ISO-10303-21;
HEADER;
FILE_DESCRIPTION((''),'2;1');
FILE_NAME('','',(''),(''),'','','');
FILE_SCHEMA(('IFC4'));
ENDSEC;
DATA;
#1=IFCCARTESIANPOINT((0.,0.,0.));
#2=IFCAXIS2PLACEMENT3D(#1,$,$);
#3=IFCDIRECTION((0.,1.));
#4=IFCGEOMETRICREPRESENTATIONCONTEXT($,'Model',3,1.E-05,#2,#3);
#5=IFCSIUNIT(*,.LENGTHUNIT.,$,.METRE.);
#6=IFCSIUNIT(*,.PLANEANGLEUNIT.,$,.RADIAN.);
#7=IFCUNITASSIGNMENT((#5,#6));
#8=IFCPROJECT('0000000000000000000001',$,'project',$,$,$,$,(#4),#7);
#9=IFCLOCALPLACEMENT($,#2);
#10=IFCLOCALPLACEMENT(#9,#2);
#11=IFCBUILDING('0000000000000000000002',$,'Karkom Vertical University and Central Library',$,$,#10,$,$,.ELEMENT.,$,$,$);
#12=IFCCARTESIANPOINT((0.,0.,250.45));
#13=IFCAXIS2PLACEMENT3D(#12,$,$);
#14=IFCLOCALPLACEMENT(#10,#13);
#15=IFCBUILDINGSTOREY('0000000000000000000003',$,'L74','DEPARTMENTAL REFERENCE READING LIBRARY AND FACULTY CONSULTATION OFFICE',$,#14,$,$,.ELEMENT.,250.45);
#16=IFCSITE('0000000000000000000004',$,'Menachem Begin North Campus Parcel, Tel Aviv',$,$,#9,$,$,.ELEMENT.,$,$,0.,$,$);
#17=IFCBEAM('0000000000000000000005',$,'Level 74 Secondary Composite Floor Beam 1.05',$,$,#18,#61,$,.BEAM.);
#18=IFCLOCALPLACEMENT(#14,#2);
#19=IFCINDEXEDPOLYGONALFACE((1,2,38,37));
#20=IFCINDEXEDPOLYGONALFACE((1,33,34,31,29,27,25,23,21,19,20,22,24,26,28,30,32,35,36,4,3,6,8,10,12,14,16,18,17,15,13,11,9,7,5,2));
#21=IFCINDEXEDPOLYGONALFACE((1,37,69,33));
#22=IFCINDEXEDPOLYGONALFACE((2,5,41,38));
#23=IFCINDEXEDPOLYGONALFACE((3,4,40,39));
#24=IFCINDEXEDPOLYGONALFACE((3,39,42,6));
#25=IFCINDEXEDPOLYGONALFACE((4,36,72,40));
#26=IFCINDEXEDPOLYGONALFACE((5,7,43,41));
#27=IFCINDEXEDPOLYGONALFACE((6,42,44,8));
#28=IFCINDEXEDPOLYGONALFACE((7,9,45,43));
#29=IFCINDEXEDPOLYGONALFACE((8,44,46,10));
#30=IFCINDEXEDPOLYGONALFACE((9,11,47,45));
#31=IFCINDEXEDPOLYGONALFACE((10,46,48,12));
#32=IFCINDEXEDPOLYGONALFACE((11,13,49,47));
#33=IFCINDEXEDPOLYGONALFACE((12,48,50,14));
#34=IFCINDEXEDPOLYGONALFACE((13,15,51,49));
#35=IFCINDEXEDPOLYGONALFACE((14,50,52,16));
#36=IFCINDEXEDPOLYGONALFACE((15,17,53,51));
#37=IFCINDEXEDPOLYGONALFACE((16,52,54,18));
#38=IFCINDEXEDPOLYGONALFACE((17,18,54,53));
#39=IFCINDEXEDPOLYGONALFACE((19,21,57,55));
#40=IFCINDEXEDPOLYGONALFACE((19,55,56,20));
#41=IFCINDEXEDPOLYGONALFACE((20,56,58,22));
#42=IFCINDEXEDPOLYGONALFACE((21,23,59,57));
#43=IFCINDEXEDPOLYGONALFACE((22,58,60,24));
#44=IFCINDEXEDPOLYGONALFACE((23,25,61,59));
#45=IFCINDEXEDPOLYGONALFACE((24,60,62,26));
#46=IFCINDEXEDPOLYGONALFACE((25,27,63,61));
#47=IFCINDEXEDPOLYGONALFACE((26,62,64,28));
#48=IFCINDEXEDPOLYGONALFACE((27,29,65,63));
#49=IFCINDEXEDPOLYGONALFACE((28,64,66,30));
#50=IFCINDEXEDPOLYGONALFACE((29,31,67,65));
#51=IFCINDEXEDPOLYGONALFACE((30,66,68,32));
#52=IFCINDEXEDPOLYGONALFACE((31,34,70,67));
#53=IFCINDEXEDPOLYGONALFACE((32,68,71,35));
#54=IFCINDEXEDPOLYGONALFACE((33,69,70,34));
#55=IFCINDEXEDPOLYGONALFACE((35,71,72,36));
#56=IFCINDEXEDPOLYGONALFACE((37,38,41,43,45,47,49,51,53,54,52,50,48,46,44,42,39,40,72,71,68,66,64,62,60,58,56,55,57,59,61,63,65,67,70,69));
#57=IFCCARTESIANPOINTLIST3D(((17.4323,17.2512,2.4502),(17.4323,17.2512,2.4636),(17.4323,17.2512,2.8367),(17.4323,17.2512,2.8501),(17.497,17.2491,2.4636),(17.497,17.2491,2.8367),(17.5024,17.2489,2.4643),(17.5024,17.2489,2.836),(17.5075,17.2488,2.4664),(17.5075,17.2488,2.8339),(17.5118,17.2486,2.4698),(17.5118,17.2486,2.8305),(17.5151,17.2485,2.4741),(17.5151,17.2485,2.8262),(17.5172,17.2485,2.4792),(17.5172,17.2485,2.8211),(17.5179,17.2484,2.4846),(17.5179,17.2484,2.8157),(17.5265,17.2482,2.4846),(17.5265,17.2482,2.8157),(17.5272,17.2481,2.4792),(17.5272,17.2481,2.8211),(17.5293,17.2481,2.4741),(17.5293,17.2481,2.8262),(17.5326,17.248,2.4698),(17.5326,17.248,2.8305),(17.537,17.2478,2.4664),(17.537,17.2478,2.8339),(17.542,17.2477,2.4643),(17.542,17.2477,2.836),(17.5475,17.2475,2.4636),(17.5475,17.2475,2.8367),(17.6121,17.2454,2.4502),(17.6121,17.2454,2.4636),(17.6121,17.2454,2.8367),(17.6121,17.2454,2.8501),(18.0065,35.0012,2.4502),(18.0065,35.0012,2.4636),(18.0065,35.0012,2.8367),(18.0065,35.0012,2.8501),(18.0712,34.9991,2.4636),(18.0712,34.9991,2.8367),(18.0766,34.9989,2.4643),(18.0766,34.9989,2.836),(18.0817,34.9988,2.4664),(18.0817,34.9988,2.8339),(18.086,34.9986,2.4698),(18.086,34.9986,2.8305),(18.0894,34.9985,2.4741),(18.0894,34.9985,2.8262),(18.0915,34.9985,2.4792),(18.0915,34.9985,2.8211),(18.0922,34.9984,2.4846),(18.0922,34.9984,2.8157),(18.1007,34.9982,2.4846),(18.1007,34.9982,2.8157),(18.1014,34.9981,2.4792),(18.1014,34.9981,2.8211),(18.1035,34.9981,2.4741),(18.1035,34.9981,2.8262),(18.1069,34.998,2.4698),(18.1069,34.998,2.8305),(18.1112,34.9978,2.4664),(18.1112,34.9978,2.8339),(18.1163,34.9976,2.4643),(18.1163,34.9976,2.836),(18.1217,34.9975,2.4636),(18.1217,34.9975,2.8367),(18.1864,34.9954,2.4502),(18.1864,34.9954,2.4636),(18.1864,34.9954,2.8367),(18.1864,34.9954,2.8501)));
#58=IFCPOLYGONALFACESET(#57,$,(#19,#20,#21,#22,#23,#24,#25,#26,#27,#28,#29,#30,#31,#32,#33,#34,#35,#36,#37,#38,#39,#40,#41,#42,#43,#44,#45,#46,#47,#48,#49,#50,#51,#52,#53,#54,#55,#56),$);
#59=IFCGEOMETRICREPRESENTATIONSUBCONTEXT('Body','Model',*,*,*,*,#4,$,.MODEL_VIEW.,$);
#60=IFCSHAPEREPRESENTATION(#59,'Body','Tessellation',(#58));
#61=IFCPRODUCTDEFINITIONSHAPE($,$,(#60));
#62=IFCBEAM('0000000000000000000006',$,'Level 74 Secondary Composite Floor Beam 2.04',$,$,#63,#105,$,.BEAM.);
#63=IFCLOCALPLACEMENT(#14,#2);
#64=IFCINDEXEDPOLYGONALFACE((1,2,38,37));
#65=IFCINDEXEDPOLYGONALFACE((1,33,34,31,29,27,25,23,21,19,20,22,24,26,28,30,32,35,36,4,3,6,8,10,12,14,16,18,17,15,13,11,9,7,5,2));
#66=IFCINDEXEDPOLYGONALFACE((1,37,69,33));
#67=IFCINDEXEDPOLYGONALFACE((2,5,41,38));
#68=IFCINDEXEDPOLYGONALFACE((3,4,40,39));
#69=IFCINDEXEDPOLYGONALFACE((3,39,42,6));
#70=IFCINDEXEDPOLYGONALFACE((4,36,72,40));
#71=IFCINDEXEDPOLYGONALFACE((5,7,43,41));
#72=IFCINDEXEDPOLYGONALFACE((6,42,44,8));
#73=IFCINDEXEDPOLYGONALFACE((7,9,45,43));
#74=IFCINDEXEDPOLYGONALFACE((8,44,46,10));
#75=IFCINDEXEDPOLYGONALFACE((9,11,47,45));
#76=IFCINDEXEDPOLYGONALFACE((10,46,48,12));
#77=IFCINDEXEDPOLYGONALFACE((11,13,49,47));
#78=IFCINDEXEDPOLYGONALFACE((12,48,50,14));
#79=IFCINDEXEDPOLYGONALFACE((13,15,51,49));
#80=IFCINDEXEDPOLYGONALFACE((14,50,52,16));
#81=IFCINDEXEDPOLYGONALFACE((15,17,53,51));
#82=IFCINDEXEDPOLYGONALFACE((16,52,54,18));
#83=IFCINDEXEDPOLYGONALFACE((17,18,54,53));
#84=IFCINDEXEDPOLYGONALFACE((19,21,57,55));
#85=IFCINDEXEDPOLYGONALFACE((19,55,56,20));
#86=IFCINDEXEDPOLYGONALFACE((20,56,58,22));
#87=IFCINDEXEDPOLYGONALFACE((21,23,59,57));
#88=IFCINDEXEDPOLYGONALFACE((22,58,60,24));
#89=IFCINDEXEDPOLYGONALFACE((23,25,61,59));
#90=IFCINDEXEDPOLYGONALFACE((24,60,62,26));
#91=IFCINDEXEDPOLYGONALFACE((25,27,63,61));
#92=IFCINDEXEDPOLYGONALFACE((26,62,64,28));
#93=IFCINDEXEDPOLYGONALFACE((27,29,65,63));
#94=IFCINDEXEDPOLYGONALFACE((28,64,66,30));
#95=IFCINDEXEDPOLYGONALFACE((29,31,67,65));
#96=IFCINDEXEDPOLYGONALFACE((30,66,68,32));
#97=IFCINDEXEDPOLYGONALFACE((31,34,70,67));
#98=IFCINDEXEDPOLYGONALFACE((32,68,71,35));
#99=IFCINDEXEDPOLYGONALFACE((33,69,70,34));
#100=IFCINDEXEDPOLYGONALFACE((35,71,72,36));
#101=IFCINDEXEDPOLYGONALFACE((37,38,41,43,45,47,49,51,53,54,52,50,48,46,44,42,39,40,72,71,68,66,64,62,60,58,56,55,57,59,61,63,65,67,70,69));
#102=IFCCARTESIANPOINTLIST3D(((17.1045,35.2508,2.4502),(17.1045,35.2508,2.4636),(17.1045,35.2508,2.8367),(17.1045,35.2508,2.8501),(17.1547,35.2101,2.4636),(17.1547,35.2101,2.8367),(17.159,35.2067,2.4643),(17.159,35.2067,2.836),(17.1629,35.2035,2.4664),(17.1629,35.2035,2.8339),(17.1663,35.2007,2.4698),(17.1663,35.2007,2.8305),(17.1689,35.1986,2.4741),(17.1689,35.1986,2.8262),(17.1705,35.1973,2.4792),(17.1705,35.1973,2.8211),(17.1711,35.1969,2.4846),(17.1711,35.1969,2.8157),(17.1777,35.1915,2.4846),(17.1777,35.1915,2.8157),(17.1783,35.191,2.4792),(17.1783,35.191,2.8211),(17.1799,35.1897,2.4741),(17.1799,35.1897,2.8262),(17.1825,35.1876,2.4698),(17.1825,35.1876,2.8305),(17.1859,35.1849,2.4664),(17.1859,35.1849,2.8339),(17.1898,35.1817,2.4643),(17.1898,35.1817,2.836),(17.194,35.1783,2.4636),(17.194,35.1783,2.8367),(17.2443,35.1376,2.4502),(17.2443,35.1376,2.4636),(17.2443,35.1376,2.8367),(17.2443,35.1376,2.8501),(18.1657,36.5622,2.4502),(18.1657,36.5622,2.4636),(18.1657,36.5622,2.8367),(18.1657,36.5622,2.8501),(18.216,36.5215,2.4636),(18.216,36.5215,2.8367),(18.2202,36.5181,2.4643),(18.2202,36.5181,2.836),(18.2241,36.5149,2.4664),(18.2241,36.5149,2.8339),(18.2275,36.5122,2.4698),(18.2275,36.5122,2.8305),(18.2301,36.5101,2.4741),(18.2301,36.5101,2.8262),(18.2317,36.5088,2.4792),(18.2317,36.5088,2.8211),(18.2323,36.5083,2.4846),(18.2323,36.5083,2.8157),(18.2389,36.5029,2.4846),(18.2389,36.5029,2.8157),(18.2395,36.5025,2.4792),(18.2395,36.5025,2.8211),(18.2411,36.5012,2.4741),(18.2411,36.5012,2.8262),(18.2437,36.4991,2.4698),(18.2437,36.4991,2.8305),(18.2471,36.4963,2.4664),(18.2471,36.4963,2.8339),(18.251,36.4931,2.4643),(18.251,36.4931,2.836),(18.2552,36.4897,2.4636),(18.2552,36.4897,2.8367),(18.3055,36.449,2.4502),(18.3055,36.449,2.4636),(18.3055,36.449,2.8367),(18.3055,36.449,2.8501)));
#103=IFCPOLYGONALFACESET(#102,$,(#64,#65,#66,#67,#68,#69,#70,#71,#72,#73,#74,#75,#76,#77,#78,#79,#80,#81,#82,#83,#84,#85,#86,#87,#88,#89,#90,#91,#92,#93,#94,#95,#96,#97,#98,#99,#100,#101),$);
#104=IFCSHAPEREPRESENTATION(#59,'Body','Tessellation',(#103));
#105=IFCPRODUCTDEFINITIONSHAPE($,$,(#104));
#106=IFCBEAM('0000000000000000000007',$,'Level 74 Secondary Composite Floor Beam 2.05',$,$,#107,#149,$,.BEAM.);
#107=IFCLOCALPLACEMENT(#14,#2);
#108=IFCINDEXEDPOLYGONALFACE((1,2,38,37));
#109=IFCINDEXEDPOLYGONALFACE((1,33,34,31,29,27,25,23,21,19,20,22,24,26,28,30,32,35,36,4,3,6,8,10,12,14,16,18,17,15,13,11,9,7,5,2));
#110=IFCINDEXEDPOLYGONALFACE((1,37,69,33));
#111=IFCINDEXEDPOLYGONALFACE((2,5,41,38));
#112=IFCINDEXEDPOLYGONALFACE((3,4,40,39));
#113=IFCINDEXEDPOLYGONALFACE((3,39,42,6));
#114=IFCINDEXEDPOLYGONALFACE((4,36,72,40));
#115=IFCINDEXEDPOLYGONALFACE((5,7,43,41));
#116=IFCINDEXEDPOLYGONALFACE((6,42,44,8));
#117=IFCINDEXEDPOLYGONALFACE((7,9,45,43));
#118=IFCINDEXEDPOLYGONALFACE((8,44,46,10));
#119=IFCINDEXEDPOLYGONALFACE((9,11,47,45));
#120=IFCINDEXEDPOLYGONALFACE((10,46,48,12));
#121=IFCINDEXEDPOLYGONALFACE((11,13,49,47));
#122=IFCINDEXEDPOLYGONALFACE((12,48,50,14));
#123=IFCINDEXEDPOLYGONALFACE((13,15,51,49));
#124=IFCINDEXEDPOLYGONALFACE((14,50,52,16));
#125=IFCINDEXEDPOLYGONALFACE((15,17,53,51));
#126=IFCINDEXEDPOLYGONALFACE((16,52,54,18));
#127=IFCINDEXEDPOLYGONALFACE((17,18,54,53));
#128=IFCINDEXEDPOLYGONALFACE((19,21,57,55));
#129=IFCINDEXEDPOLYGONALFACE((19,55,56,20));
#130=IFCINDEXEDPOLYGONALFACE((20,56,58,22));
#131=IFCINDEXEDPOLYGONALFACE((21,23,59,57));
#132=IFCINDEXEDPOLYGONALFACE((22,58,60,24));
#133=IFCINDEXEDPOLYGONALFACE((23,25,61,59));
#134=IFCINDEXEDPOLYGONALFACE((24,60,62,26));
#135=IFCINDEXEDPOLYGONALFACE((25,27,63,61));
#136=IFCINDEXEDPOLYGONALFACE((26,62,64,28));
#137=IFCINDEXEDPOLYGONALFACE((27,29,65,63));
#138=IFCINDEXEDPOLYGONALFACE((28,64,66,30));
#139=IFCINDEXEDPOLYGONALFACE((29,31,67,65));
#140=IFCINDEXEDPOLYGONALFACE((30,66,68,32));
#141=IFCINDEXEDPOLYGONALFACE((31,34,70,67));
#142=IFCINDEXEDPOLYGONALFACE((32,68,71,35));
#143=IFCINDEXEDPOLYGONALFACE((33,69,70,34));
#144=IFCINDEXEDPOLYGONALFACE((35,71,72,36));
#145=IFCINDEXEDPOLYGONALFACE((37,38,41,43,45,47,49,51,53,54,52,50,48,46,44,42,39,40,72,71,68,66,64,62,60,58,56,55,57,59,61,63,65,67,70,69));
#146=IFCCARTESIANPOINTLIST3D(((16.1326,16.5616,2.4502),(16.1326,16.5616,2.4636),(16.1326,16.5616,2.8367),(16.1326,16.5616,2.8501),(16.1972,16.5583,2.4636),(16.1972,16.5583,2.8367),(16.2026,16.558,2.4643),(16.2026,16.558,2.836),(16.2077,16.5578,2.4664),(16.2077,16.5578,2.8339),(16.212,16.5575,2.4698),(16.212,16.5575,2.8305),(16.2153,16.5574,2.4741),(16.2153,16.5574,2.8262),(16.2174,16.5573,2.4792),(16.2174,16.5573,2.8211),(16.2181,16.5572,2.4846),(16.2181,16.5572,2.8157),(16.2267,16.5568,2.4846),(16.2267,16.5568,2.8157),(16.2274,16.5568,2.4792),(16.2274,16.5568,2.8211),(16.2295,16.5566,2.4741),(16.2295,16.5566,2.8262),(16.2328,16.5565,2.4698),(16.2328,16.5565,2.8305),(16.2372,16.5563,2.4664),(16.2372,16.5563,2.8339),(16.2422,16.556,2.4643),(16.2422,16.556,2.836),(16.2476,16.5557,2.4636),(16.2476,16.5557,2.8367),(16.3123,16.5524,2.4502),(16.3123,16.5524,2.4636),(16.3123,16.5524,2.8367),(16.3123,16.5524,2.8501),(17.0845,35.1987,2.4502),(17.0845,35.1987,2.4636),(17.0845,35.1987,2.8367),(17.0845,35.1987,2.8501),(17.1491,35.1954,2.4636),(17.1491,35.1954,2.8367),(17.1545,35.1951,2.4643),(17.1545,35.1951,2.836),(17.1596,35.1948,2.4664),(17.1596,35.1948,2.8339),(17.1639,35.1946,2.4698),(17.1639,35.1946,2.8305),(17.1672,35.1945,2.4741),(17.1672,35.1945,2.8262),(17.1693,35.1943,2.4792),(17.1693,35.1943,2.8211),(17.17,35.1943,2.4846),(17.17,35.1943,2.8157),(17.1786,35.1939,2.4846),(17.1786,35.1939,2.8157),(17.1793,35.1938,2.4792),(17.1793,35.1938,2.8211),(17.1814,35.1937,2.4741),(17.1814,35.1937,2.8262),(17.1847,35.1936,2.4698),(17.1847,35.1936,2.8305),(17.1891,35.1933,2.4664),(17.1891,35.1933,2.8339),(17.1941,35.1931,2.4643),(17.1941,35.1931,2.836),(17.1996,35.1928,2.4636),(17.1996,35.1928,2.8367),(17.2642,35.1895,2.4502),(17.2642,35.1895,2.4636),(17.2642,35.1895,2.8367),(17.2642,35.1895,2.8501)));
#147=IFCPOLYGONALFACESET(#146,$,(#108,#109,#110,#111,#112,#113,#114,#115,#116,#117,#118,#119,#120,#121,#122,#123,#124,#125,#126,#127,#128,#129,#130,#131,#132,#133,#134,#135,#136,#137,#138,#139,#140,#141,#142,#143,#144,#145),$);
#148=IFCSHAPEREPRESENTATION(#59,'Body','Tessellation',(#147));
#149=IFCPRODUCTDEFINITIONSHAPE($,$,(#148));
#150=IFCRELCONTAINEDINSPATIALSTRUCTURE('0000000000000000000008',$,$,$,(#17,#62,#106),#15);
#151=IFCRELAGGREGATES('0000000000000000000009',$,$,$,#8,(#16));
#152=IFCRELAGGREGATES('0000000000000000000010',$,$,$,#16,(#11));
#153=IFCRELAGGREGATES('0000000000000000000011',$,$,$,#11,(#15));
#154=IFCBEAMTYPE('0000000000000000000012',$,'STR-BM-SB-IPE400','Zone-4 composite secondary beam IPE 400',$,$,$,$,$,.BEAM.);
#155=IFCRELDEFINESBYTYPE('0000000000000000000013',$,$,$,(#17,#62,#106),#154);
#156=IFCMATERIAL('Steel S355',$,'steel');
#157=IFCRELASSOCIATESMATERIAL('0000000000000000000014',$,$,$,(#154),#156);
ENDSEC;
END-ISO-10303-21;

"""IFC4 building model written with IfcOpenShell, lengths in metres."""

from ifc_helpers import new_model, si_unit, direction, frame, origin, origin_with_axes, origin_2d, place, context, subcontext, project, spatial, i_section, extrude, source, transform, mapped, material, material_profile, profile_set, type_object, element, save


model = new_model("IFC4")

# Units and contexts
model_context = context("Model", 3, precision=1e-05, world=origin(), true_north=direction((0.0, 1.0)))
body_context = subcontext(model_context, "Body", "Model", "MODEL_VIEW")
ifc_project = project(units=[si_unit("LENGTHUNIT", "METRE"), si_unit("PLANEANGLEUNIT", "RADIAN")], contexts=[model_context])

# Site, building, storey
site_placement = place(None, origin())
site = spatial("IfcSite", under=ifc_project, at=site_placement, Name="Menachem Begin North Campus Parcel, Tel Aviv", CompositionType="ELEMENT", RefElevation=0.0)
building_placement = place(site_placement, origin())
building = spatial("IfcBuilding", under=site, at=building_placement, Name="Karkom Vertical University and Central Library", CompositionType="ELEMENT")
storey_placement = place(building_placement, frame((0.0, 0.0, 250.45)))
storey = spatial("IfcBuildingStorey", under=building, at=storey_placement, Name="L74", Description="DEPARTMENTAL REFERENCE READING LIBRARY AND FACULTY CONSULTATION OFFICE", CompositionType="ELEMENT", Elevation=250.45)

# Beams
ifc_material_1 = material(Name="Steel S355", Category="steel")
ifc_material_profile_1 = material_profile(ifc_material_1, i_section(OverallWidth=0.1799, OverallDepth=0.3999, WebThickness=0.0085, FlangeThickness=0.0134, FilletRadius=0.021, at=origin_2d()), Name="IPE 400")
ifc_profile_set_1 = profile_set([ifc_material_profile_1], Name="Steel S355")
beam_type_1 = type_object("IfcBeamType", Name="STR-BM-SB-IPE400", Description="Zone-4 composite secondary beam IPE 400", PredefinedType="BEAM", material=ifc_profile_set_1)
shared_shape_1 = source(origin_with_axes(), body_context, "Body", "SweptSolid", [
    extrude(i_section(OverallWidth=0.1799, OverallDepth=0.3999, WebThickness=0.0085, FlangeThickness=0.0134, FilletRadius=0.021, at=origin_2d()), origin(), (0.0, 0.0, 1.0), 17.7593),
])
beam_1_placement = place(storey_placement, frame((18.0964, 34.9983, 2.6501), z_axis=(-0.032333, -0.999477, 0.0), x_axis=(0.999477, -0.032333, 0.0)))
element("IfcBeam", 1, at=beam_1_placement, inside=storey, type_object=beam_type_1, Name="Level 74 Secondary Composite Floor Beam 1.05", PredefinedType="BEAM", context=body_context, shape_type="MappedRepresentation", body=[
    mapped(shared_shape_1, transform((0.0, 0.0, 0.0), scale=1.0)),
])
shared_shape_2 = source(origin_with_axes(), body_context, "Body", "SweptSolid", [
    extrude(i_section(OverallWidth=0.1799, OverallDepth=0.3999, WebThickness=0.0085, FlangeThickness=0.0134, FilletRadius=0.021, at=origin_2d()), origin(), (0.0, 0.0, 1.0), 1.687),
])
beam_2_placement = place(storey_placement, frame((18.2356, 36.5056, 2.6501), z_axis=(-0.629044, -0.77737, 0.0), x_axis=(0.77737, -0.629044, 0.0)))
element("IfcBeam", 2, at=beam_2_placement, inside=storey, type_object=beam_type_1, Name="Level 74 Secondary Composite Floor Beam 2.04", PredefinedType="BEAM", context=body_context, shape_type="MappedRepresentation", body=[
    mapped(shared_shape_2, transform((0.0, 0.0, 0.0), scale=1.0)),
])
shared_shape_3 = source(origin_with_axes(), body_context, "Body", "SweptSolid", [
    extrude(i_section(OverallWidth=0.1799, OverallDepth=0.3999, WebThickness=0.0085, FlangeThickness=0.0134, FilletRadius=0.021, at=origin_2d()), origin(), (0.0, 0.0, 1.0), 18.6614),
])
beam_3_placement = place(storey_placement, frame((17.1743, 35.1941, 2.6501), z_axis=(-0.05101, -0.998698, 0.0), x_axis=(0.998698, -0.05101, 0.0)))
element("IfcBeam", 3, at=beam_3_placement, inside=storey, type_object=beam_type_1, Name="Level 74 Secondary Composite Floor Beam 2.05", PredefinedType="BEAM", context=body_context, shape_type="MappedRepresentation", body=[
    mapped(shared_shape_3, transform((0.0, 0.0, 0.0), scale=1.0)),
])

save(model, "model.ifc")
